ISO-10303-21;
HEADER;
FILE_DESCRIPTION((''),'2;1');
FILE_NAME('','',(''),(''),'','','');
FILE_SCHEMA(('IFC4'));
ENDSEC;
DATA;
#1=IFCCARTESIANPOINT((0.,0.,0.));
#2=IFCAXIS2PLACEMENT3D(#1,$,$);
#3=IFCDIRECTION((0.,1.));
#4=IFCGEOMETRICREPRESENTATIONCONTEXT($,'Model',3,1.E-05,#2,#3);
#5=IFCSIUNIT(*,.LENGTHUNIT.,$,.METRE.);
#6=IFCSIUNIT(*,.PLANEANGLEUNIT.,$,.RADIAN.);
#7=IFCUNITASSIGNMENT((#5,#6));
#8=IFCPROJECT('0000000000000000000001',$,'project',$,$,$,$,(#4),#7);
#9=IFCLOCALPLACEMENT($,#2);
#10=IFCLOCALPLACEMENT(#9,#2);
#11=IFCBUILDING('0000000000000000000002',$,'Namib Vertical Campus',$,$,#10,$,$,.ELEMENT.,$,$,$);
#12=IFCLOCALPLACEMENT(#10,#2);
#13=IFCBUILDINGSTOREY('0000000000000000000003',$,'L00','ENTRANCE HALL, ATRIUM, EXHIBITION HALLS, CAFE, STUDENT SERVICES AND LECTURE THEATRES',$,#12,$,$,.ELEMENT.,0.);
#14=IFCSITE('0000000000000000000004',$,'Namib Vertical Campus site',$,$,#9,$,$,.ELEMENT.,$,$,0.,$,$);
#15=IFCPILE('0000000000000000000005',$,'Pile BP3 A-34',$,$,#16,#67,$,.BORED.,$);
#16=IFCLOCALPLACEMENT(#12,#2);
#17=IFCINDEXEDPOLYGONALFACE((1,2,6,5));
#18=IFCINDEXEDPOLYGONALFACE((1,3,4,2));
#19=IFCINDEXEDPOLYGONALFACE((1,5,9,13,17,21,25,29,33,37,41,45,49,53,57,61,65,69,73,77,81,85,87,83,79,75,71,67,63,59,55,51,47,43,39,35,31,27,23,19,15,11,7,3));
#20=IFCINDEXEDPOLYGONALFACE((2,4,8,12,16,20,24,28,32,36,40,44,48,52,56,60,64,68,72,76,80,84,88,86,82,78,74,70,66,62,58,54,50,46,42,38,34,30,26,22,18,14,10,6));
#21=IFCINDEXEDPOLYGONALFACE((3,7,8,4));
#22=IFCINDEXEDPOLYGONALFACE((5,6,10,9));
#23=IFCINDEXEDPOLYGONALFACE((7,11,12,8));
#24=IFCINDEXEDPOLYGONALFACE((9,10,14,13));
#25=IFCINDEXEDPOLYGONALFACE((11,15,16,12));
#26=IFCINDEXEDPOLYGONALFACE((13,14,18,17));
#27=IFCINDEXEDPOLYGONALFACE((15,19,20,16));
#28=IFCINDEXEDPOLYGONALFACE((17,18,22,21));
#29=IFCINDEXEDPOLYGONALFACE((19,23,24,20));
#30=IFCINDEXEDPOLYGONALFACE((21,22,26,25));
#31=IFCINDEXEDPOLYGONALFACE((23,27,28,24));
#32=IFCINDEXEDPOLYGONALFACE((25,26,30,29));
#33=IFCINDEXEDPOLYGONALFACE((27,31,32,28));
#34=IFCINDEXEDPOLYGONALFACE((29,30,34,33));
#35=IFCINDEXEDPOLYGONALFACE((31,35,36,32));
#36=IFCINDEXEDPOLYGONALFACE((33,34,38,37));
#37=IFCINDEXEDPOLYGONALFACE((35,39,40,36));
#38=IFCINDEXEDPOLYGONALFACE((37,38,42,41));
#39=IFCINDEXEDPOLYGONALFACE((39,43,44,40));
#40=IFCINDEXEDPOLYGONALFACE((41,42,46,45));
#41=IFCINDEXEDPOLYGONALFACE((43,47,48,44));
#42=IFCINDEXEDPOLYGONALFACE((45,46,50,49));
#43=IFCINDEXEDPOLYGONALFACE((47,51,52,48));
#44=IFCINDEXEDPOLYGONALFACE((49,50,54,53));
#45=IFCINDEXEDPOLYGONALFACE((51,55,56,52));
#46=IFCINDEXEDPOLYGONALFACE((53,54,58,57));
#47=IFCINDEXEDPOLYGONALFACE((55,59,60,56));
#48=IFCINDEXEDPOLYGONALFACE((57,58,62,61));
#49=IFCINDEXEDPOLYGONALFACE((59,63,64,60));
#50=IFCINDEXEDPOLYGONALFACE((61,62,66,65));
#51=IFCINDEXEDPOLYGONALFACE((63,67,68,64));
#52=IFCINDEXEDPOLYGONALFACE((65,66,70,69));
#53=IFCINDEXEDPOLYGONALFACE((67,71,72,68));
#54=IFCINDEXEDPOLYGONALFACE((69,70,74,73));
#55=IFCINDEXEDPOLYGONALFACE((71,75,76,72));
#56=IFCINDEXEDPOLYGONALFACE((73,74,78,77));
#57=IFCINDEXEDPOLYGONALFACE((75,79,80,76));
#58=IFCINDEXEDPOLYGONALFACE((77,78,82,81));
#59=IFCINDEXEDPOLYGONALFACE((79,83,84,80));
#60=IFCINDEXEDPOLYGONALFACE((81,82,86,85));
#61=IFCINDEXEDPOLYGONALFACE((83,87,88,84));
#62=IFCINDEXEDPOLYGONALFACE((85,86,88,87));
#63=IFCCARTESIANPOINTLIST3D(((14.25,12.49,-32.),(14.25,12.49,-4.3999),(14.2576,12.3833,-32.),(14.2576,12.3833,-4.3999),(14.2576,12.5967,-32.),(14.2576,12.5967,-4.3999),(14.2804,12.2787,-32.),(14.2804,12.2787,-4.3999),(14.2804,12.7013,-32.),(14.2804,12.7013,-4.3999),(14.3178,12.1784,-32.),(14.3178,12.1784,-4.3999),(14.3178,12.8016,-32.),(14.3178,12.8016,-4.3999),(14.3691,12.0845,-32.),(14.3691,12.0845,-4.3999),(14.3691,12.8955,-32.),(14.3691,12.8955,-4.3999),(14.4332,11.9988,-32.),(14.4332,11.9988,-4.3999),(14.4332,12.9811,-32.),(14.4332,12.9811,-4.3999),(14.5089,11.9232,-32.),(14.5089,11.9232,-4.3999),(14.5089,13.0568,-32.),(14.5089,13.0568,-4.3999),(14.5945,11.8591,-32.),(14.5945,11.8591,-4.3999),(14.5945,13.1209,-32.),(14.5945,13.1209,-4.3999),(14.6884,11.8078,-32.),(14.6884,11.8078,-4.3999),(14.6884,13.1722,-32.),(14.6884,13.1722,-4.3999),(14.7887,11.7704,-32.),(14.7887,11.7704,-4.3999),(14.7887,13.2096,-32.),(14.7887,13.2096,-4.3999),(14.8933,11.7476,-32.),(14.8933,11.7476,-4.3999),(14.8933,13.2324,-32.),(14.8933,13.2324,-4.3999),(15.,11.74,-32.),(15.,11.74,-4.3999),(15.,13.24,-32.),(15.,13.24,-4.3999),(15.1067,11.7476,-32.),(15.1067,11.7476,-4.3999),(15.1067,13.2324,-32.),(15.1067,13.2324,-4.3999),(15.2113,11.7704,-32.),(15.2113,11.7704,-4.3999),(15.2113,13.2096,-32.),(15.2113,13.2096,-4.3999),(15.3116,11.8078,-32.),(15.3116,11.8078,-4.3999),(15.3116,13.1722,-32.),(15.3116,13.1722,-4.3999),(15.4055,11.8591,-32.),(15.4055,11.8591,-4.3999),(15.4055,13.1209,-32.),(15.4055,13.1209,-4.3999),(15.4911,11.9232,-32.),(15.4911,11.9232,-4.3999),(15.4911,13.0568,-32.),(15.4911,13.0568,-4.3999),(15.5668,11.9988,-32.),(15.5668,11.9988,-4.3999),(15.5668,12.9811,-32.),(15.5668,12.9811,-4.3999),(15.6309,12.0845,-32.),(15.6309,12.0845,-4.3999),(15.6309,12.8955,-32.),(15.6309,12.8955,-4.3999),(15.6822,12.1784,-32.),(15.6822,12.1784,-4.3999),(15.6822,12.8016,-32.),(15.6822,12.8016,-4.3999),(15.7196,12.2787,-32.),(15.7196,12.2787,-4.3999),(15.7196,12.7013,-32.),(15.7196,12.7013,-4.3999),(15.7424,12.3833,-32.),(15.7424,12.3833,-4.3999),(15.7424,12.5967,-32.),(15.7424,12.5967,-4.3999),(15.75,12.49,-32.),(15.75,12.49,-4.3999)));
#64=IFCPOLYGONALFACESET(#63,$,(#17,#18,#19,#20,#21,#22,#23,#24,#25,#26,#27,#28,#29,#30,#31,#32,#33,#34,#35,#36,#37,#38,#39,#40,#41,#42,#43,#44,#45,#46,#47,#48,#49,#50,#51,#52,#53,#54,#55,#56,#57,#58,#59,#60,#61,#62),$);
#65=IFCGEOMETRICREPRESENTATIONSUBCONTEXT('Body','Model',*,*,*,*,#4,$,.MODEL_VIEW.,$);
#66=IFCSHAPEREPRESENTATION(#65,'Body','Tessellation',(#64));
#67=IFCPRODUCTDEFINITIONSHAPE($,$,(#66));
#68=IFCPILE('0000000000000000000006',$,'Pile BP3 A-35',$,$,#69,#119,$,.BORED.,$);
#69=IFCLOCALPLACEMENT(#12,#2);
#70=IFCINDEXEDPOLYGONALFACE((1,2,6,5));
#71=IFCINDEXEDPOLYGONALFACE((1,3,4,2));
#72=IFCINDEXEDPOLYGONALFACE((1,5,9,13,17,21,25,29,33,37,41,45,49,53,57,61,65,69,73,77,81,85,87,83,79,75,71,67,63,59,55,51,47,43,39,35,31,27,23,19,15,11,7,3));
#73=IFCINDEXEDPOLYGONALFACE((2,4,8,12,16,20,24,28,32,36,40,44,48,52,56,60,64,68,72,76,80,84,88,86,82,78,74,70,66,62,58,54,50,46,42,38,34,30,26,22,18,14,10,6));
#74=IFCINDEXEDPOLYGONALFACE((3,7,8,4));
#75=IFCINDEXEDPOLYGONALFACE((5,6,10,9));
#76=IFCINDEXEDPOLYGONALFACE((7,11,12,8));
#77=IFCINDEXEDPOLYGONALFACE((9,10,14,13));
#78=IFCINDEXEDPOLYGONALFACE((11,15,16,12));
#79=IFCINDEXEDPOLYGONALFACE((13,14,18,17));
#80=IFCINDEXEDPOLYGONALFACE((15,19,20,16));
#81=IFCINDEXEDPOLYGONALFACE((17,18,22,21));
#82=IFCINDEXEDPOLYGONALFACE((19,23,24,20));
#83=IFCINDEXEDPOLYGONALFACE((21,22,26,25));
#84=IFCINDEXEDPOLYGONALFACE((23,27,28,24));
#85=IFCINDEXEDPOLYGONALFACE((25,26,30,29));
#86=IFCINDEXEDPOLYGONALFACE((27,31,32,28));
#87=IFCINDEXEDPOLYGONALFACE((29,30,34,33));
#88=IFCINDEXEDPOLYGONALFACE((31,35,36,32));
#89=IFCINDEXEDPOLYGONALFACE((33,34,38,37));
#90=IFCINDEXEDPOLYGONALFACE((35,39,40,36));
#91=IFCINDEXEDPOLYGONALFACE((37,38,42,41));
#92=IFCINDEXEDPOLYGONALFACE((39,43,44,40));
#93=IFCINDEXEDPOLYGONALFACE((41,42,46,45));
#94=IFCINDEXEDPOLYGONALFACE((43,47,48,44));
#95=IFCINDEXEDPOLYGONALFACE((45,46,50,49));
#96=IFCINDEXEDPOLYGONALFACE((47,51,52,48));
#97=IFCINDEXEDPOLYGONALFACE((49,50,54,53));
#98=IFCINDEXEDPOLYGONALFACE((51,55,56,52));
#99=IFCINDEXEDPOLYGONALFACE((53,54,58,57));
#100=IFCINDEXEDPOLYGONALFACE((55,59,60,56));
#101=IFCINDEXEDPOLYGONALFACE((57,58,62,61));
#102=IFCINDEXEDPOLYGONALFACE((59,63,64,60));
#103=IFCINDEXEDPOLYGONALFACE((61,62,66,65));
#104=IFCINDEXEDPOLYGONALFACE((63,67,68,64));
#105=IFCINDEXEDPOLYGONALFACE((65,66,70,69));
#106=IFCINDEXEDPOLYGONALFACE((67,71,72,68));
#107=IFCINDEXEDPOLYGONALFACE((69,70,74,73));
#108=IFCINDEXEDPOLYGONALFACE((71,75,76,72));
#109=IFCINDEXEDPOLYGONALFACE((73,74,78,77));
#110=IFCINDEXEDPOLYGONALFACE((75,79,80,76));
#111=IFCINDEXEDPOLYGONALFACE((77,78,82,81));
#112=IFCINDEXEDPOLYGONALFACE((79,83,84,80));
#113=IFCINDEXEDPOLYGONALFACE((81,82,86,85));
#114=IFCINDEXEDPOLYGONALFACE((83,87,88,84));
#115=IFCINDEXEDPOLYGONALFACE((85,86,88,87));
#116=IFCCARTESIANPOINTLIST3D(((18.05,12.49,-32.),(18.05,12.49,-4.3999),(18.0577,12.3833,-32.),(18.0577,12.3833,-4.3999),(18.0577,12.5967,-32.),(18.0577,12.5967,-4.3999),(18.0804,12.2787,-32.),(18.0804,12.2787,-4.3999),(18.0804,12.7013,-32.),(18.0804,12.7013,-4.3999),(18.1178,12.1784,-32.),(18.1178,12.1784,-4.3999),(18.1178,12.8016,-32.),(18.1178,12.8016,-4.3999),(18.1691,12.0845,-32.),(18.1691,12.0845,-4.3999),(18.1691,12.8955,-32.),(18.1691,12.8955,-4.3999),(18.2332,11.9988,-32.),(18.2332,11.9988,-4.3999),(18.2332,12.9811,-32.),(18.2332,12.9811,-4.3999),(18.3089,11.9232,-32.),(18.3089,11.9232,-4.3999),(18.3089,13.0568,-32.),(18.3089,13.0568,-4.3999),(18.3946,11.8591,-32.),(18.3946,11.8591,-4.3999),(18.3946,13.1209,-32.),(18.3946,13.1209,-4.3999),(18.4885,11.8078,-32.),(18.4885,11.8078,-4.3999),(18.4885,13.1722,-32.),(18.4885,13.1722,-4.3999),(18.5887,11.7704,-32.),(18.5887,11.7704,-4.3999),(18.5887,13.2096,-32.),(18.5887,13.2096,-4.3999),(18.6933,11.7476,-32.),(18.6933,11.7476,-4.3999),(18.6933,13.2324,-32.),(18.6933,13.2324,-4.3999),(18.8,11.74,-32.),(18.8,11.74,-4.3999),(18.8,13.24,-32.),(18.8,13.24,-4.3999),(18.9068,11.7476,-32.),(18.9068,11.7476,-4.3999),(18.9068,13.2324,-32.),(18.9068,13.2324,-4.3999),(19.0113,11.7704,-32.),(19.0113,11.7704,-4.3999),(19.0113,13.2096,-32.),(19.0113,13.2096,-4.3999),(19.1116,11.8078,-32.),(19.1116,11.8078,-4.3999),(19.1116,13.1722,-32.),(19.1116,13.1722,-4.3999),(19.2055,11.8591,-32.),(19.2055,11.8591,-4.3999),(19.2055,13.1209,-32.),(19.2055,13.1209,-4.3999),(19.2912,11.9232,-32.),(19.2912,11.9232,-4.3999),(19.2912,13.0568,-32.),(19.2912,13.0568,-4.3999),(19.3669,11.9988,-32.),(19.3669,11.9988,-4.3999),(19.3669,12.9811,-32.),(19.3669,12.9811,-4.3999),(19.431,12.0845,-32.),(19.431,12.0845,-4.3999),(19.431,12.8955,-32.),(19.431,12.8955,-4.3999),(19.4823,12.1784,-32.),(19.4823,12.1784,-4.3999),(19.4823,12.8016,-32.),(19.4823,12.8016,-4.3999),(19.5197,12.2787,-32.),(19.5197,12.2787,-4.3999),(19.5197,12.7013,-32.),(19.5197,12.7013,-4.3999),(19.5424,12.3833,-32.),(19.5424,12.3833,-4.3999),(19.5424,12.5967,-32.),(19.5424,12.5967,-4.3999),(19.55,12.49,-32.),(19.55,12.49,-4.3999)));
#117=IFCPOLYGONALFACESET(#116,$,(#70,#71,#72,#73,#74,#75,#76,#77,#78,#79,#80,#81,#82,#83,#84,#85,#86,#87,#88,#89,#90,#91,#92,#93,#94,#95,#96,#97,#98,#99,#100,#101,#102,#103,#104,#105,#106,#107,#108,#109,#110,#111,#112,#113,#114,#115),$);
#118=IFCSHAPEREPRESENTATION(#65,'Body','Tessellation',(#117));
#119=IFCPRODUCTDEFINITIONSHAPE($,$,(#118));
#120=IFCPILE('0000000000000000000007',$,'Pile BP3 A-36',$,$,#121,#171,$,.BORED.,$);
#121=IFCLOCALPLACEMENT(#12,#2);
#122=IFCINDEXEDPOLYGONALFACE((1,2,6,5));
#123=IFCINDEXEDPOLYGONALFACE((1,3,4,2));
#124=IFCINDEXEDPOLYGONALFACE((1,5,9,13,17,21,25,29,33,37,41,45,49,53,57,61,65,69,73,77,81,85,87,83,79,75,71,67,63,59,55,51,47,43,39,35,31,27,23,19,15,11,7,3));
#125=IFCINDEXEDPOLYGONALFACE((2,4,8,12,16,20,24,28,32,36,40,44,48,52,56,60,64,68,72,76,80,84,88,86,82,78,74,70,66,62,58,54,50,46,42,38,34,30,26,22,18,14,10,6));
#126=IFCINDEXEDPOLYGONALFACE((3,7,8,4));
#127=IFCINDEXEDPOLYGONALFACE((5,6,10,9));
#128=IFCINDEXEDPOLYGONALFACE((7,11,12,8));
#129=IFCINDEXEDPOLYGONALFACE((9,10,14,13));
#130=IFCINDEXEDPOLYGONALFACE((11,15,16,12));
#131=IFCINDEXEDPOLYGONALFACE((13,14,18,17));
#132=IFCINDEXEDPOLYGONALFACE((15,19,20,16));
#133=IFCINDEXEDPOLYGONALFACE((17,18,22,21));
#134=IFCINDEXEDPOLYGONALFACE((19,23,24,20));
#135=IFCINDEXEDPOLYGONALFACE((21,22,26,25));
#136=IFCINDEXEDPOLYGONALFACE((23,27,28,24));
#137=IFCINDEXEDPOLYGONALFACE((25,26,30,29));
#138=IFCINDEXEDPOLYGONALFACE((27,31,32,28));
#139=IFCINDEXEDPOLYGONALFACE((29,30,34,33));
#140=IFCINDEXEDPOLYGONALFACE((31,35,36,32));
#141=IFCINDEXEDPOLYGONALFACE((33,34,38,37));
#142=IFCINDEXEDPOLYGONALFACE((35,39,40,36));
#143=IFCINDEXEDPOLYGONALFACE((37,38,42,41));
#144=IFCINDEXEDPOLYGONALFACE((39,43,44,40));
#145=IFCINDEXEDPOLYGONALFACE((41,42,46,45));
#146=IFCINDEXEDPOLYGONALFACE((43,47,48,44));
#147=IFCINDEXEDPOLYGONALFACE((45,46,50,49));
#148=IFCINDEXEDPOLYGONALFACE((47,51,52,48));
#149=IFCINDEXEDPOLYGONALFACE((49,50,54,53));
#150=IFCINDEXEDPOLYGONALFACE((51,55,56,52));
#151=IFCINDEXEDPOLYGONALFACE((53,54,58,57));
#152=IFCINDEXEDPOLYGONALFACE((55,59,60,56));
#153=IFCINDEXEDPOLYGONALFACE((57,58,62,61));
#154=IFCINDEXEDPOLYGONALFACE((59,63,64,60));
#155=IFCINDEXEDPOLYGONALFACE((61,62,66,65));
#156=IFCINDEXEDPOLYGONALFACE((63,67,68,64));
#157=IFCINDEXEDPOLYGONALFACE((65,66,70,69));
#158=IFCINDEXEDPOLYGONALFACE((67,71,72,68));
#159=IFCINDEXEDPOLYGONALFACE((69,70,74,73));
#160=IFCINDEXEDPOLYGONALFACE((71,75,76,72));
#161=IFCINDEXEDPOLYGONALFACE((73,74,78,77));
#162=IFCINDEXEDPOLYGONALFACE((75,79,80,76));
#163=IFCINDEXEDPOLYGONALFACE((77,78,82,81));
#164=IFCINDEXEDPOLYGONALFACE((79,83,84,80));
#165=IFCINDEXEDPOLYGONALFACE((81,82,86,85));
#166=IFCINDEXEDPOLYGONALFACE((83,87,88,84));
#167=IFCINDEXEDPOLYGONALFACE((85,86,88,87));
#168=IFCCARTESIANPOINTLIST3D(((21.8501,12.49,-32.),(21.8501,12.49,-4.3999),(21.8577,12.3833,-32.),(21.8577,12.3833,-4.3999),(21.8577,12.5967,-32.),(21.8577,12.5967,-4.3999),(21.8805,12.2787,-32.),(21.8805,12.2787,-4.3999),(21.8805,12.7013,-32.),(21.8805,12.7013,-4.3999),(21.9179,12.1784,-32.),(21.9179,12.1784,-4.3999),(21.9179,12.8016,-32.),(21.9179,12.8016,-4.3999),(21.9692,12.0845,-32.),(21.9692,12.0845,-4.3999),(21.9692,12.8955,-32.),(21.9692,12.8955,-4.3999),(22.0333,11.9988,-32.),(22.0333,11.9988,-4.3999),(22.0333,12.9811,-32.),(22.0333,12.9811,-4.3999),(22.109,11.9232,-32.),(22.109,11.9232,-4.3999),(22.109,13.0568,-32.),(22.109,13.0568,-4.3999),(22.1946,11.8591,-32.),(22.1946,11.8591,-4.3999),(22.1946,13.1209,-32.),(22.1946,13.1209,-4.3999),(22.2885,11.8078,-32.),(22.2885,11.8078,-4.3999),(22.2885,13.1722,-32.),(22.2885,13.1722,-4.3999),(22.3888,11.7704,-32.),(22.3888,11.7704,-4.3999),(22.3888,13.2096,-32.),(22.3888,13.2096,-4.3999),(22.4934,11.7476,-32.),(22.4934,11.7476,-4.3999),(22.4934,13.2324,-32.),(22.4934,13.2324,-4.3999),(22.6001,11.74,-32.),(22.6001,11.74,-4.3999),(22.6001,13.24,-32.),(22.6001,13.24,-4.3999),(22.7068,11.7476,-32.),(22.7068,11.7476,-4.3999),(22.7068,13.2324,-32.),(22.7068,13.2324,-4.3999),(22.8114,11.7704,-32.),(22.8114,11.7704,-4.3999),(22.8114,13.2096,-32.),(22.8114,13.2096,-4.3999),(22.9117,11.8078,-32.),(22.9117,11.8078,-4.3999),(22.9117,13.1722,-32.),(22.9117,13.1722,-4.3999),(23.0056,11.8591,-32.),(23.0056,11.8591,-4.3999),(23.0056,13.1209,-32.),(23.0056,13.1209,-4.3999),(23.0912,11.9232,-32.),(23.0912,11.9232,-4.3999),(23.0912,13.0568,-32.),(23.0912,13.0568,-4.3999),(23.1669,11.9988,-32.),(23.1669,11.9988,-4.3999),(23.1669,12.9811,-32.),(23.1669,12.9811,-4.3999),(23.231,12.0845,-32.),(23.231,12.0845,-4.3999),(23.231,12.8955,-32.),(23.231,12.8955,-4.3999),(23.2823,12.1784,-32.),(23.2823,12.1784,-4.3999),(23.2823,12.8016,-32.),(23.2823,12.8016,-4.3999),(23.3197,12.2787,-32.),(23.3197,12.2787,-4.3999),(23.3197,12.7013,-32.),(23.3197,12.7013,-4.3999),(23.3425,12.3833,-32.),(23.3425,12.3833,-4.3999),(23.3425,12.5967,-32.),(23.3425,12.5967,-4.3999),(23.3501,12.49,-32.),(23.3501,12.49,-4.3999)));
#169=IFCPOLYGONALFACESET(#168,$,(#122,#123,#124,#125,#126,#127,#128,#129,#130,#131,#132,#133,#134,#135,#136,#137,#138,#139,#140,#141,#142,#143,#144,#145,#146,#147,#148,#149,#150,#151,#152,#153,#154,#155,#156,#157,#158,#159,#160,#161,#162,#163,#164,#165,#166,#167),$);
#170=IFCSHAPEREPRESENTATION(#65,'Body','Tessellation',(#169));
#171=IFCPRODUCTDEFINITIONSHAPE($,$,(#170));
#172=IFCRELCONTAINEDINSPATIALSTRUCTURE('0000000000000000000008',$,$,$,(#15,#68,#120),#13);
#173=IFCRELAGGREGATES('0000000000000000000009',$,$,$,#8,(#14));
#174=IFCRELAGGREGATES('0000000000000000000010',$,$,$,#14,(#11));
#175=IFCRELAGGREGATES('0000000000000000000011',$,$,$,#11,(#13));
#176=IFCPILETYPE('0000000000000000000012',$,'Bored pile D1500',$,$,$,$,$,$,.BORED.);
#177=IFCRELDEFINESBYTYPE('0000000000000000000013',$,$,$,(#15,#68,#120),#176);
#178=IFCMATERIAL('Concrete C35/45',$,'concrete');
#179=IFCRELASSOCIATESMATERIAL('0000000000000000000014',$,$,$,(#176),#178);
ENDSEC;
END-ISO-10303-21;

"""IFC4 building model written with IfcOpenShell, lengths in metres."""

from ifc_helpers import new_model, si_unit, direction, frame, origin, origin_2d, place, context, subcontext, project, spatial, circle, extrude, material, material_profile, profile_set, type_object, element, save


model = new_model("IFC4")

# Units and contexts
model_context = context("Model", 3, precision=1e-05, world=origin(), true_north=direction((0.0, 1.0)))
body_context = subcontext(model_context, "Body", "Model", "MODEL_VIEW")
ifc_project = project(units=[si_unit("LENGTHUNIT", "METRE"), si_unit("PLANEANGLEUNIT", "RADIAN")], contexts=[model_context])

# Site, building, storey
site_placement = place(None, origin())
site = spatial("IfcSite", under=ifc_project, at=site_placement, Name="Namib Vertical Campus site", CompositionType="ELEMENT", RefElevation=0.0)
building_placement = place(site_placement, origin())
building = spatial("IfcBuilding", under=site, at=building_placement, Name="Namib Vertical Campus", CompositionType="ELEMENT")
storey_placement = place(building_placement, origin())
storey = spatial("IfcBuildingStorey", under=building, at=storey_placement, Name="L00", Description="ENTRANCE HALL, ATRIUM, EXHIBITION HALLS, CAFE, STUDENT SERVICES AND LECTURE THEATRES", CompositionType="ELEMENT", Elevation=0.0)

# Piles
ifc_material_1 = material(Name="Concrete C35/45", Category="concrete")
ifc_material_profile = material_profile(ifc_material_1, circle(Radius=0.75, at=origin_2d()))
ifc_profile_set = profile_set([ifc_material_profile], Name="Concrete C35/45")
pile_type = type_object("IfcPileType", Name="Bored pile D1500", PredefinedType="BORED", material=ifc_profile_set)
for number, where, z_axis, x_axis, name in (
    (1, (15.0, 12.49, -4.3999), (0.0, 0.0, -1.0), (1.0, 0.0, 0.0), "Pile BP3 A-34"),
    (2, (18.8, 12.49, -4.3999), (0.0, 0.0, -1.0), (1.0, 0.0, 0.0), "Pile BP3 A-35"),
    (3, (22.6001, 12.49, -4.3999), (0.0, 0.0, -1.0), (1.0, 0.0, 0.0), "Pile BP3 A-36"),
):
    element("IfcPile", number, at=place(storey_placement, frame(where, z_axis=z_axis, x_axis=x_axis)), inside=storey, type_object=pile_type, Name=name, PredefinedType="BORED", context=body_context, shape_type="SweptSolid", body=[
        extrude(circle(Radius=0.75, at=origin_2d()), origin(), (0.0, 0.0, 1.0), 27.6001),
    ])

save(model, "model.ifc")
